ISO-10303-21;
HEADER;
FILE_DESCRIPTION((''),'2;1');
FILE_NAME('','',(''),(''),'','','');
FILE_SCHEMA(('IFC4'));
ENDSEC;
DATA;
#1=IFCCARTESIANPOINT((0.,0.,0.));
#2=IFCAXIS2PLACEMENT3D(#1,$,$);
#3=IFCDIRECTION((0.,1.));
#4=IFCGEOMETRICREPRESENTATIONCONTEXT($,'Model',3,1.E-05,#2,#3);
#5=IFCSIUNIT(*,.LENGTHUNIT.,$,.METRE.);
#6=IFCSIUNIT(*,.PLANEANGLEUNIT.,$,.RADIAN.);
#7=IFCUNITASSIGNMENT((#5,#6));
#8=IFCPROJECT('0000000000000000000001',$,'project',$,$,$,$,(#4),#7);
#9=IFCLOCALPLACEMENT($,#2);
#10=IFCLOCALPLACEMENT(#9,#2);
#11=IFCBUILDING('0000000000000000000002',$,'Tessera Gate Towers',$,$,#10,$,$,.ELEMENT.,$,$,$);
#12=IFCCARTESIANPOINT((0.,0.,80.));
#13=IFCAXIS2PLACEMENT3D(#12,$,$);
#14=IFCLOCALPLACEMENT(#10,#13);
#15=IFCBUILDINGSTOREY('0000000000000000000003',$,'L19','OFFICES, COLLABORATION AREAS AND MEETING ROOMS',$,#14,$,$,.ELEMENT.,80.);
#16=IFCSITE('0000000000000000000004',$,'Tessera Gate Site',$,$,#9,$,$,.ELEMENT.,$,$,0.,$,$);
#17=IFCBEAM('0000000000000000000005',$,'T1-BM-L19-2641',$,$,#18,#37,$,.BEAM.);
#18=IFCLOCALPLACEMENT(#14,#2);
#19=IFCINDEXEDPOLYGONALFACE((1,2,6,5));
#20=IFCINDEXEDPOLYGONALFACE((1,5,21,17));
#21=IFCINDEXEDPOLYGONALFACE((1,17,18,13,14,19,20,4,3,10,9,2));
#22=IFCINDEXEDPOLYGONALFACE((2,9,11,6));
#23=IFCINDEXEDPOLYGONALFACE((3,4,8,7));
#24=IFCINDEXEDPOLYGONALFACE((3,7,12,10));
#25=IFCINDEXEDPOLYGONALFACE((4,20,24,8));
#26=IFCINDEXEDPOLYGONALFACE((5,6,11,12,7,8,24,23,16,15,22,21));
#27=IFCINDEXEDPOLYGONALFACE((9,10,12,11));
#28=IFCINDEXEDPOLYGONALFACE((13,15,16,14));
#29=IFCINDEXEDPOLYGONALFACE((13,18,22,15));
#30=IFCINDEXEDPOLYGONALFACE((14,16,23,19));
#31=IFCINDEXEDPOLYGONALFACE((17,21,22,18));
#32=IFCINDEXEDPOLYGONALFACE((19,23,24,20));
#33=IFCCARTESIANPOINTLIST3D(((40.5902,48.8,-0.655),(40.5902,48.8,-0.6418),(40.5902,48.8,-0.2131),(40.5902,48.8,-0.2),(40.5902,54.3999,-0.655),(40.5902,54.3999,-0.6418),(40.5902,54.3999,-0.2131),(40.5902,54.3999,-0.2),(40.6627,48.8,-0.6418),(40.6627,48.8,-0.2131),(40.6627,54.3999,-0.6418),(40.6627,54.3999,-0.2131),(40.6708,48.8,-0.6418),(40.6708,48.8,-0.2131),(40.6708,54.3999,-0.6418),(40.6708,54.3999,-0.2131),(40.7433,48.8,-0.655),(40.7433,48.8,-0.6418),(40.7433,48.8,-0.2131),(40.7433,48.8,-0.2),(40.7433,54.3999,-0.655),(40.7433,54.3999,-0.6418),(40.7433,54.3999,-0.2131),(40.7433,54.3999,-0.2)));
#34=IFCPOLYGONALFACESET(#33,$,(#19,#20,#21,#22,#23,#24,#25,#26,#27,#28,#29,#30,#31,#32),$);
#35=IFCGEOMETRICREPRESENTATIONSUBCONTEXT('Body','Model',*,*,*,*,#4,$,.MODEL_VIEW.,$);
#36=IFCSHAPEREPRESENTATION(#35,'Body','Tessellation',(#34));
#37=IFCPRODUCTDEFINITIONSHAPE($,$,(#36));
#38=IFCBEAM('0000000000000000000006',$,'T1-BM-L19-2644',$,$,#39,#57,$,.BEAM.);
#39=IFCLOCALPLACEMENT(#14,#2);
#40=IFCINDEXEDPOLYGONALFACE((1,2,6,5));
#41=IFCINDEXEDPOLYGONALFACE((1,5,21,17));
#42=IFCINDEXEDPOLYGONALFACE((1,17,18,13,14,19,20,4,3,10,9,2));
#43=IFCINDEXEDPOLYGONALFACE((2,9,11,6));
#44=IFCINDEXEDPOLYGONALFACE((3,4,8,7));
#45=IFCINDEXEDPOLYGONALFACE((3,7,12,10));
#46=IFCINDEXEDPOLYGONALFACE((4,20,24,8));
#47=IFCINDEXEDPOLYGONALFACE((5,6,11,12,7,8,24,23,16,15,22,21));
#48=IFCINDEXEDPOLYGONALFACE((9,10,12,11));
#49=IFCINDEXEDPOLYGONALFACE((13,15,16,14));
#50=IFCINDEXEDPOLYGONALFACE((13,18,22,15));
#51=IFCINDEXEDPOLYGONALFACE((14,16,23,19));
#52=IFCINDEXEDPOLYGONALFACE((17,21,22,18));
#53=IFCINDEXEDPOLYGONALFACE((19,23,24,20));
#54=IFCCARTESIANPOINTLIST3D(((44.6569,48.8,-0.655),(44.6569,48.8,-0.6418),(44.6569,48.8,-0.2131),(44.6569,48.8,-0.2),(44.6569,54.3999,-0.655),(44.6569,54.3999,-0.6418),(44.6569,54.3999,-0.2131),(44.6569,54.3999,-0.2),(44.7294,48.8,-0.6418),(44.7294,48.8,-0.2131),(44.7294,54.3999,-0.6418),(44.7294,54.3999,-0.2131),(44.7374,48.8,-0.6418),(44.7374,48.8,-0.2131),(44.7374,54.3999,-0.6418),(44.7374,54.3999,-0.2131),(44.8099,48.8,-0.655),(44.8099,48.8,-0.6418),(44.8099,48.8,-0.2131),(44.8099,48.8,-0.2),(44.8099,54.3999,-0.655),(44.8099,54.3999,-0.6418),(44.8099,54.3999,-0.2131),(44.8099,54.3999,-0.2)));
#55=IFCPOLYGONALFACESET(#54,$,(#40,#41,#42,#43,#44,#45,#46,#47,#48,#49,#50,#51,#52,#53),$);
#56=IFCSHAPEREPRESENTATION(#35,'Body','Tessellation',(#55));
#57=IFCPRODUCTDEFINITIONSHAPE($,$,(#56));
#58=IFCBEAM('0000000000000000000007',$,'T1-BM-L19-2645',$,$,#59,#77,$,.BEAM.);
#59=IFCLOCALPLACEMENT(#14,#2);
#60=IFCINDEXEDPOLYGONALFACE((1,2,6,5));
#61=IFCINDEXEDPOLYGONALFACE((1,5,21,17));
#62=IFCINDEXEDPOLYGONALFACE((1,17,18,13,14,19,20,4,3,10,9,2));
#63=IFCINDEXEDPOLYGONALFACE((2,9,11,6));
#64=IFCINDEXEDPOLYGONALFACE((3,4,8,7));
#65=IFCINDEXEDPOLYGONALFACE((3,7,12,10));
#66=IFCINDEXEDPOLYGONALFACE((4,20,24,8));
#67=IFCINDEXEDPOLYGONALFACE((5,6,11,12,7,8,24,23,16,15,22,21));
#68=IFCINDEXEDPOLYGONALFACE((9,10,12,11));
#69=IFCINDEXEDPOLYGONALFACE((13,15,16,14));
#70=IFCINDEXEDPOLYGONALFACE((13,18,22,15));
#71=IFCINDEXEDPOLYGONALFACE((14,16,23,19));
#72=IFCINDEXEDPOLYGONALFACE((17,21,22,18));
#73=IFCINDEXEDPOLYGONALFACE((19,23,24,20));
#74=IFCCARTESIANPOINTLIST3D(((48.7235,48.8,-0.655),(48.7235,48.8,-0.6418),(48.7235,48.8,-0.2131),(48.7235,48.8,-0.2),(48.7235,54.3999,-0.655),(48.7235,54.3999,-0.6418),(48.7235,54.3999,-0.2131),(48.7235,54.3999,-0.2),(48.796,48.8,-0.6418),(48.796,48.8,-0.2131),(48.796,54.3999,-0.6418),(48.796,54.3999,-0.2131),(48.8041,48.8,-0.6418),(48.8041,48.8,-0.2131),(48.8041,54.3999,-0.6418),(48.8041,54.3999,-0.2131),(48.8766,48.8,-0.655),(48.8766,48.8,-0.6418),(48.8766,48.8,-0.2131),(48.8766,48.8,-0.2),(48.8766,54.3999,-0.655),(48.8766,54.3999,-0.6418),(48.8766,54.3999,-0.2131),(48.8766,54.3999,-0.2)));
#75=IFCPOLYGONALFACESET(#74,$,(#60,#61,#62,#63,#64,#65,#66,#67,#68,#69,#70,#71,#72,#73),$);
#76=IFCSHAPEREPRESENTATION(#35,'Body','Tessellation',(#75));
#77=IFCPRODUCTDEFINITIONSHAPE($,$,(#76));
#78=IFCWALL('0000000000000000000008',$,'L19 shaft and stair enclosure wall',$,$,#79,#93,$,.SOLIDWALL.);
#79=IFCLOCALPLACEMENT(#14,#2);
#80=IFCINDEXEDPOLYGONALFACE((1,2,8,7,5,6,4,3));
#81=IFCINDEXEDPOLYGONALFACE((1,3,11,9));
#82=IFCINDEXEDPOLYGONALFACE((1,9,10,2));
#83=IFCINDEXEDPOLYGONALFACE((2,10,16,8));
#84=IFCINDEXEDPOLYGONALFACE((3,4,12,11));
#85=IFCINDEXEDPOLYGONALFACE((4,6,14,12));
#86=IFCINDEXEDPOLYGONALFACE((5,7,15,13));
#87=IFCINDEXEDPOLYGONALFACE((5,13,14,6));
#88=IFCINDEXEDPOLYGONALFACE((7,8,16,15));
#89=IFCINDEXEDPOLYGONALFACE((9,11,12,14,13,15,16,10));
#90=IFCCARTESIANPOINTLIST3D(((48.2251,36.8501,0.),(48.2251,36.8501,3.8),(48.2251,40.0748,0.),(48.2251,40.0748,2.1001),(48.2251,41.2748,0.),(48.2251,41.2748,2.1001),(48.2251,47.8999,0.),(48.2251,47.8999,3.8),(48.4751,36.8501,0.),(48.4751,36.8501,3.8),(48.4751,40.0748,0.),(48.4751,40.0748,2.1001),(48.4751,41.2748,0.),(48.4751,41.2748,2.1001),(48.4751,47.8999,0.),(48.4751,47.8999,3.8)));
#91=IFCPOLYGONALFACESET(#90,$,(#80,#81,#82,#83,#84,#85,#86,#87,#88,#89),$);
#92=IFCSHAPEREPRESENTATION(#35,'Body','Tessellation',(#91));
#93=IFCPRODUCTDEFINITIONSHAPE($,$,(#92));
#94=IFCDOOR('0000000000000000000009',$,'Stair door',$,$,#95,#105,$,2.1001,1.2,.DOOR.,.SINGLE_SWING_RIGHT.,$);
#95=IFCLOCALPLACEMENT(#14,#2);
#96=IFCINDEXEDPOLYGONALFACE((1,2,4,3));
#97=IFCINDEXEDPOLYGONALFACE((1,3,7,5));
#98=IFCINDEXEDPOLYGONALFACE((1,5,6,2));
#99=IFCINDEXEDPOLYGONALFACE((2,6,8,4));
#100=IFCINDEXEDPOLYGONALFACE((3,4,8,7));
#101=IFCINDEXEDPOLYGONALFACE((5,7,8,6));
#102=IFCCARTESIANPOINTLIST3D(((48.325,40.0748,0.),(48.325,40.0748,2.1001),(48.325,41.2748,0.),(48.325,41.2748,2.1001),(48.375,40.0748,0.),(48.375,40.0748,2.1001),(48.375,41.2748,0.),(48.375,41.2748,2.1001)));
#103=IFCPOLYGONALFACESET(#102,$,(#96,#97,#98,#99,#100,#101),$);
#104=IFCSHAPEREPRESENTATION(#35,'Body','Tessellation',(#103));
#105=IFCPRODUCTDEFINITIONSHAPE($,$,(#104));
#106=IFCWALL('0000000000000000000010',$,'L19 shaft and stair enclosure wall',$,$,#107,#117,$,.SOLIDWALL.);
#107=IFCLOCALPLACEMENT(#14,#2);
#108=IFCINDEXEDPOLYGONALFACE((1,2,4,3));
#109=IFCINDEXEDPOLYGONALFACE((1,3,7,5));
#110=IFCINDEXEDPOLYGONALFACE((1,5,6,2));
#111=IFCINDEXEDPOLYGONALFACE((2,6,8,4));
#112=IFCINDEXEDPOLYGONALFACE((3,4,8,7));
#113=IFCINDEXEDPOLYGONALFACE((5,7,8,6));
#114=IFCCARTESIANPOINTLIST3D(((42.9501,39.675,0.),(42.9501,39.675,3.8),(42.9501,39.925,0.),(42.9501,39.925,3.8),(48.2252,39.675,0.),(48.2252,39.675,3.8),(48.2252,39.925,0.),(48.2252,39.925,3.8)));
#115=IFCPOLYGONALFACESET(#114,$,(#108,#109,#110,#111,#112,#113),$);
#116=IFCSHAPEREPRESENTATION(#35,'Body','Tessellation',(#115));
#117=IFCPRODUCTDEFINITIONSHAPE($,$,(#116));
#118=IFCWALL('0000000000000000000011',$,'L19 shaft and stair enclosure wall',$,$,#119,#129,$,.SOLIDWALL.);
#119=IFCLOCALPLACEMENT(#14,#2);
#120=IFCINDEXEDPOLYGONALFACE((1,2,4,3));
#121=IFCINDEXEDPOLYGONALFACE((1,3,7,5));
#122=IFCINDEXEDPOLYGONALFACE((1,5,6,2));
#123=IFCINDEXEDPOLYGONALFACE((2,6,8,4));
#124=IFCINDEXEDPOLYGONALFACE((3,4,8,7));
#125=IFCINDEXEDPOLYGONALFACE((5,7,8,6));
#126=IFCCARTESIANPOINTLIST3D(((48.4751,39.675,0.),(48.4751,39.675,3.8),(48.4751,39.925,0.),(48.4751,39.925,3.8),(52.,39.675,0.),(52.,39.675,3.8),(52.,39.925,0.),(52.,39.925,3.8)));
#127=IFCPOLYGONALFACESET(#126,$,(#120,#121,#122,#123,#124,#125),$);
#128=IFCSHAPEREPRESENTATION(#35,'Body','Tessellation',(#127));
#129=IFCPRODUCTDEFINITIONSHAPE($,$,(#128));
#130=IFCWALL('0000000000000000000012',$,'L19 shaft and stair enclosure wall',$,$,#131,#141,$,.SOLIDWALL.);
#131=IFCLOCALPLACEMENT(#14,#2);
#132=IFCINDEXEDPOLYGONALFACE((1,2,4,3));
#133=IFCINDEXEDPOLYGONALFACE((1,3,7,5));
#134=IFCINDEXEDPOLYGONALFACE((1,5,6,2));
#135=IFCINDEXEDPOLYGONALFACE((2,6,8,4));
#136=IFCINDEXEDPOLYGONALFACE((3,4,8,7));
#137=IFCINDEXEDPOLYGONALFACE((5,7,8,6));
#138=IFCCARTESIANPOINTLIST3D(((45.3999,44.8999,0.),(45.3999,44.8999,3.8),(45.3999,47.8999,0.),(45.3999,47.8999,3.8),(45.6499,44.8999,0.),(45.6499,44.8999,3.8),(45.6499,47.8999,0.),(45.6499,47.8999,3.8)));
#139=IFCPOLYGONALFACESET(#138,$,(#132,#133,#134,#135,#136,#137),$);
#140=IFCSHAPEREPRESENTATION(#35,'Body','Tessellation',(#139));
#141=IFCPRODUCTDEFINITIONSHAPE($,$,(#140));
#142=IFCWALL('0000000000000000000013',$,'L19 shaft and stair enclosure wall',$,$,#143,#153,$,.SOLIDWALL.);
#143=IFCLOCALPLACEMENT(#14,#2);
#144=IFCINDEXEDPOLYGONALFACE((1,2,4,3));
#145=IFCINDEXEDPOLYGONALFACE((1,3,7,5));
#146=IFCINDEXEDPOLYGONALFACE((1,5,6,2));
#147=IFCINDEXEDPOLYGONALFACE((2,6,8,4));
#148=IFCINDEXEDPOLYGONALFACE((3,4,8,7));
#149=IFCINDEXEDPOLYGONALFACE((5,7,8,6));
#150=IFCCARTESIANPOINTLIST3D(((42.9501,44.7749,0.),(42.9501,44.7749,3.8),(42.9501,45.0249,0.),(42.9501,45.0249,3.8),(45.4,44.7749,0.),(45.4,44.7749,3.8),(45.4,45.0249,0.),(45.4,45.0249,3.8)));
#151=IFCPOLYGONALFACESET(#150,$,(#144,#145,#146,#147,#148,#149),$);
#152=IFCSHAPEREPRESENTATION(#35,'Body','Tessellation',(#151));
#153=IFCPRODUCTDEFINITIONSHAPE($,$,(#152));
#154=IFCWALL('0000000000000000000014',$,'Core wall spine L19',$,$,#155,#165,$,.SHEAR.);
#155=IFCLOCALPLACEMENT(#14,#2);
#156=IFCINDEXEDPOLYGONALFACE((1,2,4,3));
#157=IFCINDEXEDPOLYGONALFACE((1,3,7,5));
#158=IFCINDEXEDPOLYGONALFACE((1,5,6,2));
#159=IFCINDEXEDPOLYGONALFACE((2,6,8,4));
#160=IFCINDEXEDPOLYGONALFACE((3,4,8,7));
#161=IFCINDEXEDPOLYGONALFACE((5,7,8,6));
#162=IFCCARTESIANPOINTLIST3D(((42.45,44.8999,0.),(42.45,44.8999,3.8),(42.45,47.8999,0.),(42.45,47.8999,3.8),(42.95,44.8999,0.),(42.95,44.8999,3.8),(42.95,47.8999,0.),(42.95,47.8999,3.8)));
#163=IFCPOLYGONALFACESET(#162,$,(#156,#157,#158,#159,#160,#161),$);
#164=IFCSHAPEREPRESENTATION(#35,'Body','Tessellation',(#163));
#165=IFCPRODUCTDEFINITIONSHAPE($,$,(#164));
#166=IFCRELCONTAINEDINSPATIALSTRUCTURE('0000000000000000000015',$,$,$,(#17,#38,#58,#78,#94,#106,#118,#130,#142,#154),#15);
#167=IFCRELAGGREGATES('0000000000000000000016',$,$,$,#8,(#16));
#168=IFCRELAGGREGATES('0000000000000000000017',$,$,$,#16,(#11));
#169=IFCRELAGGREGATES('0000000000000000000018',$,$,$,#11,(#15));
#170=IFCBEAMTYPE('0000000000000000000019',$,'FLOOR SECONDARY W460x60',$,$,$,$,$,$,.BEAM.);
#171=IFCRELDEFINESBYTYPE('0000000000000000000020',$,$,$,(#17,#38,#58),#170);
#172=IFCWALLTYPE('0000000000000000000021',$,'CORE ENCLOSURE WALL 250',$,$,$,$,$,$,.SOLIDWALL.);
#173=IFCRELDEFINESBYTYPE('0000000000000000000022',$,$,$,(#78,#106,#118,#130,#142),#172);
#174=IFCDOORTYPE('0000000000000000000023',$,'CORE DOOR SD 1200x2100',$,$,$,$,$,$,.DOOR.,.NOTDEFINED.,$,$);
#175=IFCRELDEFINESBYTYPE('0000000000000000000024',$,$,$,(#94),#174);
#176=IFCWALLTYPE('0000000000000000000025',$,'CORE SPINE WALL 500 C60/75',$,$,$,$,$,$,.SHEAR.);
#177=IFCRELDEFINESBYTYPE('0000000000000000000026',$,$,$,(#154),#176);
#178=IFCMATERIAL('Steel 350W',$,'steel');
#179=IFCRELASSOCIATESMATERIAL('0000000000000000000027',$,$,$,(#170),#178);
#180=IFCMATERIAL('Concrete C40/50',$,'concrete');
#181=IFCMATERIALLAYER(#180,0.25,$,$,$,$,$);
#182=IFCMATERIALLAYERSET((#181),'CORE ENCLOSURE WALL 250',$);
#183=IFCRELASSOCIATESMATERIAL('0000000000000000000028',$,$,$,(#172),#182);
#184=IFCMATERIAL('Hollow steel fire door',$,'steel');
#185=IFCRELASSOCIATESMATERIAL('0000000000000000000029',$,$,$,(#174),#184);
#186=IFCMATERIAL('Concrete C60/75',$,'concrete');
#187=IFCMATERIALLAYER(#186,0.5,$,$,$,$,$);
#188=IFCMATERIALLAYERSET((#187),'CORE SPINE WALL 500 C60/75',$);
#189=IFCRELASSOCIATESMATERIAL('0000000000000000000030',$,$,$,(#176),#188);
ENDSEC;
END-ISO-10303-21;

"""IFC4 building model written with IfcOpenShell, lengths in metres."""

from ifc_helpers import new_model, si_unit, direction, frame, frame_2d, origin, origin_2d, place, context, subcontext, project, spatial, rectangle, i_section, extrude, source, transform, mapped, material, layer, layer_set, material_profile, profile_set, type_object, element, fill, save


model = new_model("IFC4")

# Units and contexts
model_context = context("Model", 3, precision=1e-05, world=origin(), true_north=direction((0.0, 1.0)))
body_context = subcontext(model_context, "Body", "Model", "MODEL_VIEW")
ifc_project = project(units=[si_unit("LENGTHUNIT", "METRE"), si_unit("PLANEANGLEUNIT", "RADIAN")], contexts=[model_context])

# Site, building, storey
site_placement = place(None, origin())
site = spatial("IfcSite", under=ifc_project, at=site_placement, Name="Tessera Gate Site", CompositionType="ELEMENT", RefElevation=0.0)
building_placement = place(site_placement, origin())
building = spatial("IfcBuilding", under=site, at=building_placement, Name="Tessera Gate Towers", CompositionType="ELEMENT")
storey_placement = place(building_placement, frame((0.0, 0.0, 80.0)))
storey = spatial("IfcBuildingStorey", under=building, at=storey_placement, Name="L19", Description="OFFICES, COLLABORATION AREAS AND MEETING ROOMS", CompositionType="ELEMENT", Elevation=80.0)

# Beams
ifc_material_1 = material(Name="Steel 350W", Category="steel")
ifc_material_profile = material_profile(ifc_material_1, i_section(OverallWidth=0.1531, OverallDepth=0.4551, WebThickness=0.0081, FlangeThickness=0.0132, at=origin_2d()), Name="W460x60")
ifc_profile_set = profile_set([ifc_material_profile], Name="Steel 350W")
beam_type = type_object("IfcBeamType", Name="FLOOR SECONDARY W460x60", PredefinedType="BEAM", material=ifc_profile_set)
for number, where, z_axis, x_axis, name in (
    (1, (40.6667, 48.8, -0.4275), (0.0, 1.0, 0.0), (-1.0, 0.0, 0.0), "T1-BM-L19-2641"),
    (2, (44.7334, 48.8, -0.4275), (0.0, 1.0, 0.0), (-1.0, 0.0, 0.0), "T1-BM-L19-2644"),
    (3, (48.8, 48.8, -0.4275), (0.0, 1.0, 0.0), (-1.0, 0.0, 0.0), "T1-BM-L19-2645"),
):
    element("IfcBeam", number, at=place(storey_placement, frame(where, z_axis=z_axis, x_axis=x_axis)), inside=storey, type_object=beam_type, Name=name, PredefinedType="BEAM", context=body_context, shape_type="SweptSolid", body=[
        extrude(i_section(OverallWidth=0.1531, OverallDepth=0.4551, WebThickness=0.0081, FlangeThickness=0.0132, at=origin_2d()), origin(), (0.0, 0.0, 1.0), 5.5999),
    ])

# Wall, opening, door
ifc_material_2 = material(Name="Concrete C40/50", Category="concrete")
ifc_layer_1 = layer(ifc_material_2, 0.25)
ifc_layer_set_1 = layer_set([ifc_layer_1], Name="CORE ENCLOSURE WALL 250")
wall_type_1 = type_object("IfcWallType", Name="CORE ENCLOSURE WALL 250", PredefinedType="SOLIDWALL", material=ifc_layer_set_1)
wall_1_placement = place(storey_placement, frame((48.3501, 47.8999, 0.0), z_axis=(0.0, 0.0, 1.0), x_axis=(0.0, -1.0, 0.0)))
wall_1 = element("IfcWall", 4, at=wall_1_placement, inside=storey, type_object=wall_type_1, Name="L19 shaft and stair enclosure wall", PredefinedType="SOLIDWALL", context=body_context, shape_type="SweptSolid", body=[
    extrude(rectangle(XDim=11.0498, YDim=0.25, at=frame_2d((5.5249, 0.0))), origin(), (0.0, 0.0, 1.0), 3.8),
])
shared_shape_1 = source(origin(), body_context, "Body", "SweptSolid", [
    extrude(rectangle(XDim=1.2, YDim=2.1001, at=frame_2d((0.6001, 1.05))), frame((0.0, 0.135, 0.0), z_axis=(0.0, -1.0, 0.0), x_axis=(1.0, 0.0, 0.0)), (0.0, 0.0, 1.0), 0.27),
])
opening_1_placement = place(wall_1_placement, frame((6.625, 0.0, 0.0)))
opening_1 = element("IfcOpeningElement", 5, at=opening_1_placement, cuts=wall_1, PredefinedType="OPENING", context=body_context, shape_type="MappedRepresentation", body=[
    mapped(shared_shape_1, transform((0.0, 0.0, 0.0), scale=1.0)),
])
ifc_material_3 = material(Name="Hollow steel fire door", Category="steel")
door_type_1 = type_object("IfcDoorType", Name="CORE DOOR SD 1200x2100", OperationType="NOTDEFINED", PredefinedType="DOOR", material=ifc_material_3)
shared_shape_2 = source(origin(), body_context, "Body", "SweptSolid", [
    extrude(rectangle(XDim=1.2, YDim=2.1001, at=frame_2d((0.6001, 1.05))), frame((0.0, 0.0249, 0.0), z_axis=(0.0, -1.0, 0.0), x_axis=(1.0, 0.0, 0.0)), (0.0, 0.0, 1.0), 0.05),
])
door_1_placement = place(opening_1_placement, origin())
door_1 = element("IfcDoor", 6, at=door_1_placement, inside=storey, type_object=door_type_1, Name="Stair door", OperationType="SINGLE_SWING_RIGHT", OverallHeight=2.1001, OverallWidth=1.2, PredefinedType="DOOR", context=body_context, shape_type="MappedRepresentation", body=[
    mapped(shared_shape_2, transform((0.0, 0.0, 0.0), scale=1.0)),
])
fill(opening_1, door_1)

# Walls
wall_2_placement = place(storey_placement, frame((42.95, 39.8, 0.0), z_axis=(0.0, 0.0, 1.0), x_axis=(1.0, 0.0, 0.0)))
element("IfcWall", 7, at=wall_2_placement, inside=storey, type_object=wall_type_1, Name="L19 shaft and stair enclosure wall", PredefinedType="SOLIDWALL", context=body_context, shape_type="SweptSolid", body=[
    extrude(rectangle(XDim=5.2751, YDim=0.25, at=frame_2d((2.6377, 0.0))), origin(), (0.0, 0.0, 1.0), 3.8),
])
wall_3_placement = place(storey_placement, frame((48.4751, 39.8, 0.0), z_axis=(0.0, 0.0, 1.0), x_axis=(1.0, 0.0, 0.0)))
element("IfcWall", 8, at=wall_3_placement, inside=storey, type_object=wall_type_1, Name="L19 shaft and stair enclosure wall", PredefinedType="SOLIDWALL", context=body_context, shape_type="SweptSolid", body=[
    extrude(rectangle(XDim=3.5249, YDim=0.25, at=frame_2d((1.7625, 0.0))), origin(), (0.0, 0.0, 1.0), 3.8),
])
wall_4_placement = place(storey_placement, frame((45.5249, 44.8999, 0.0), z_axis=(0.0, 0.0, 1.0), x_axis=(0.0, 1.0, 0.0)))
element("IfcWall", 9, at=wall_4_placement, inside=storey, type_object=wall_type_1, Name="L19 shaft and stair enclosure wall", PredefinedType="SOLIDWALL", context=body_context, shape_type="SweptSolid", body=[
    extrude(rectangle(XDim=3.0, YDim=0.25, at=frame_2d((1.5, 0.0))), origin(), (0.0, 0.0, 1.0), 3.8),
])
wall_5_placement = place(storey_placement, frame((42.95, 44.8999, 0.0), z_axis=(0.0, 0.0, 1.0), x_axis=(1.0, 0.0, 0.0)))
element("IfcWall", 10, at=wall_5_placement, inside=storey, type_object=wall_type_1, Name="L19 shaft and stair enclosure wall", PredefinedType="SOLIDWALL", context=body_context, shape_type="SweptSolid", body=[
    extrude(rectangle(XDim=2.45, YDim=0.25, at=frame_2d((1.2251, 0.0))), origin(), (0.0, 0.0, 1.0), 3.8),
])
ifc_material_4 = material(Name="Concrete C60/75", Category="concrete")
ifc_layer_2 = layer(ifc_material_4, 0.5)
ifc_layer_set_2 = layer_set([ifc_layer_2], Name="CORE SPINE WALL 500 C60/75")
wall_type_2 = type_object("IfcWallType", Name="CORE SPINE WALL 500 C60/75", PredefinedType="SHEAR", material=ifc_layer_set_2)
wall_6_placement = place(storey_placement, frame((42.7, 44.8999, 0.0), z_axis=(0.0, 0.0, 1.0), x_axis=(0.0, 1.0, 0.0)))
element("IfcWall", 11, at=wall_6_placement, inside=storey, type_object=wall_type_2, Name="Core wall spine L19", PredefinedType="SHEAR", context=body_context, shape_type="SweptSolid", body=[
    extrude(rectangle(XDim=3.0, YDim=0.5, at=frame_2d((1.5, 0.0))), origin(), (0.0, 0.0, 1.0), 3.8),
])

save(model, "model.ifc")
